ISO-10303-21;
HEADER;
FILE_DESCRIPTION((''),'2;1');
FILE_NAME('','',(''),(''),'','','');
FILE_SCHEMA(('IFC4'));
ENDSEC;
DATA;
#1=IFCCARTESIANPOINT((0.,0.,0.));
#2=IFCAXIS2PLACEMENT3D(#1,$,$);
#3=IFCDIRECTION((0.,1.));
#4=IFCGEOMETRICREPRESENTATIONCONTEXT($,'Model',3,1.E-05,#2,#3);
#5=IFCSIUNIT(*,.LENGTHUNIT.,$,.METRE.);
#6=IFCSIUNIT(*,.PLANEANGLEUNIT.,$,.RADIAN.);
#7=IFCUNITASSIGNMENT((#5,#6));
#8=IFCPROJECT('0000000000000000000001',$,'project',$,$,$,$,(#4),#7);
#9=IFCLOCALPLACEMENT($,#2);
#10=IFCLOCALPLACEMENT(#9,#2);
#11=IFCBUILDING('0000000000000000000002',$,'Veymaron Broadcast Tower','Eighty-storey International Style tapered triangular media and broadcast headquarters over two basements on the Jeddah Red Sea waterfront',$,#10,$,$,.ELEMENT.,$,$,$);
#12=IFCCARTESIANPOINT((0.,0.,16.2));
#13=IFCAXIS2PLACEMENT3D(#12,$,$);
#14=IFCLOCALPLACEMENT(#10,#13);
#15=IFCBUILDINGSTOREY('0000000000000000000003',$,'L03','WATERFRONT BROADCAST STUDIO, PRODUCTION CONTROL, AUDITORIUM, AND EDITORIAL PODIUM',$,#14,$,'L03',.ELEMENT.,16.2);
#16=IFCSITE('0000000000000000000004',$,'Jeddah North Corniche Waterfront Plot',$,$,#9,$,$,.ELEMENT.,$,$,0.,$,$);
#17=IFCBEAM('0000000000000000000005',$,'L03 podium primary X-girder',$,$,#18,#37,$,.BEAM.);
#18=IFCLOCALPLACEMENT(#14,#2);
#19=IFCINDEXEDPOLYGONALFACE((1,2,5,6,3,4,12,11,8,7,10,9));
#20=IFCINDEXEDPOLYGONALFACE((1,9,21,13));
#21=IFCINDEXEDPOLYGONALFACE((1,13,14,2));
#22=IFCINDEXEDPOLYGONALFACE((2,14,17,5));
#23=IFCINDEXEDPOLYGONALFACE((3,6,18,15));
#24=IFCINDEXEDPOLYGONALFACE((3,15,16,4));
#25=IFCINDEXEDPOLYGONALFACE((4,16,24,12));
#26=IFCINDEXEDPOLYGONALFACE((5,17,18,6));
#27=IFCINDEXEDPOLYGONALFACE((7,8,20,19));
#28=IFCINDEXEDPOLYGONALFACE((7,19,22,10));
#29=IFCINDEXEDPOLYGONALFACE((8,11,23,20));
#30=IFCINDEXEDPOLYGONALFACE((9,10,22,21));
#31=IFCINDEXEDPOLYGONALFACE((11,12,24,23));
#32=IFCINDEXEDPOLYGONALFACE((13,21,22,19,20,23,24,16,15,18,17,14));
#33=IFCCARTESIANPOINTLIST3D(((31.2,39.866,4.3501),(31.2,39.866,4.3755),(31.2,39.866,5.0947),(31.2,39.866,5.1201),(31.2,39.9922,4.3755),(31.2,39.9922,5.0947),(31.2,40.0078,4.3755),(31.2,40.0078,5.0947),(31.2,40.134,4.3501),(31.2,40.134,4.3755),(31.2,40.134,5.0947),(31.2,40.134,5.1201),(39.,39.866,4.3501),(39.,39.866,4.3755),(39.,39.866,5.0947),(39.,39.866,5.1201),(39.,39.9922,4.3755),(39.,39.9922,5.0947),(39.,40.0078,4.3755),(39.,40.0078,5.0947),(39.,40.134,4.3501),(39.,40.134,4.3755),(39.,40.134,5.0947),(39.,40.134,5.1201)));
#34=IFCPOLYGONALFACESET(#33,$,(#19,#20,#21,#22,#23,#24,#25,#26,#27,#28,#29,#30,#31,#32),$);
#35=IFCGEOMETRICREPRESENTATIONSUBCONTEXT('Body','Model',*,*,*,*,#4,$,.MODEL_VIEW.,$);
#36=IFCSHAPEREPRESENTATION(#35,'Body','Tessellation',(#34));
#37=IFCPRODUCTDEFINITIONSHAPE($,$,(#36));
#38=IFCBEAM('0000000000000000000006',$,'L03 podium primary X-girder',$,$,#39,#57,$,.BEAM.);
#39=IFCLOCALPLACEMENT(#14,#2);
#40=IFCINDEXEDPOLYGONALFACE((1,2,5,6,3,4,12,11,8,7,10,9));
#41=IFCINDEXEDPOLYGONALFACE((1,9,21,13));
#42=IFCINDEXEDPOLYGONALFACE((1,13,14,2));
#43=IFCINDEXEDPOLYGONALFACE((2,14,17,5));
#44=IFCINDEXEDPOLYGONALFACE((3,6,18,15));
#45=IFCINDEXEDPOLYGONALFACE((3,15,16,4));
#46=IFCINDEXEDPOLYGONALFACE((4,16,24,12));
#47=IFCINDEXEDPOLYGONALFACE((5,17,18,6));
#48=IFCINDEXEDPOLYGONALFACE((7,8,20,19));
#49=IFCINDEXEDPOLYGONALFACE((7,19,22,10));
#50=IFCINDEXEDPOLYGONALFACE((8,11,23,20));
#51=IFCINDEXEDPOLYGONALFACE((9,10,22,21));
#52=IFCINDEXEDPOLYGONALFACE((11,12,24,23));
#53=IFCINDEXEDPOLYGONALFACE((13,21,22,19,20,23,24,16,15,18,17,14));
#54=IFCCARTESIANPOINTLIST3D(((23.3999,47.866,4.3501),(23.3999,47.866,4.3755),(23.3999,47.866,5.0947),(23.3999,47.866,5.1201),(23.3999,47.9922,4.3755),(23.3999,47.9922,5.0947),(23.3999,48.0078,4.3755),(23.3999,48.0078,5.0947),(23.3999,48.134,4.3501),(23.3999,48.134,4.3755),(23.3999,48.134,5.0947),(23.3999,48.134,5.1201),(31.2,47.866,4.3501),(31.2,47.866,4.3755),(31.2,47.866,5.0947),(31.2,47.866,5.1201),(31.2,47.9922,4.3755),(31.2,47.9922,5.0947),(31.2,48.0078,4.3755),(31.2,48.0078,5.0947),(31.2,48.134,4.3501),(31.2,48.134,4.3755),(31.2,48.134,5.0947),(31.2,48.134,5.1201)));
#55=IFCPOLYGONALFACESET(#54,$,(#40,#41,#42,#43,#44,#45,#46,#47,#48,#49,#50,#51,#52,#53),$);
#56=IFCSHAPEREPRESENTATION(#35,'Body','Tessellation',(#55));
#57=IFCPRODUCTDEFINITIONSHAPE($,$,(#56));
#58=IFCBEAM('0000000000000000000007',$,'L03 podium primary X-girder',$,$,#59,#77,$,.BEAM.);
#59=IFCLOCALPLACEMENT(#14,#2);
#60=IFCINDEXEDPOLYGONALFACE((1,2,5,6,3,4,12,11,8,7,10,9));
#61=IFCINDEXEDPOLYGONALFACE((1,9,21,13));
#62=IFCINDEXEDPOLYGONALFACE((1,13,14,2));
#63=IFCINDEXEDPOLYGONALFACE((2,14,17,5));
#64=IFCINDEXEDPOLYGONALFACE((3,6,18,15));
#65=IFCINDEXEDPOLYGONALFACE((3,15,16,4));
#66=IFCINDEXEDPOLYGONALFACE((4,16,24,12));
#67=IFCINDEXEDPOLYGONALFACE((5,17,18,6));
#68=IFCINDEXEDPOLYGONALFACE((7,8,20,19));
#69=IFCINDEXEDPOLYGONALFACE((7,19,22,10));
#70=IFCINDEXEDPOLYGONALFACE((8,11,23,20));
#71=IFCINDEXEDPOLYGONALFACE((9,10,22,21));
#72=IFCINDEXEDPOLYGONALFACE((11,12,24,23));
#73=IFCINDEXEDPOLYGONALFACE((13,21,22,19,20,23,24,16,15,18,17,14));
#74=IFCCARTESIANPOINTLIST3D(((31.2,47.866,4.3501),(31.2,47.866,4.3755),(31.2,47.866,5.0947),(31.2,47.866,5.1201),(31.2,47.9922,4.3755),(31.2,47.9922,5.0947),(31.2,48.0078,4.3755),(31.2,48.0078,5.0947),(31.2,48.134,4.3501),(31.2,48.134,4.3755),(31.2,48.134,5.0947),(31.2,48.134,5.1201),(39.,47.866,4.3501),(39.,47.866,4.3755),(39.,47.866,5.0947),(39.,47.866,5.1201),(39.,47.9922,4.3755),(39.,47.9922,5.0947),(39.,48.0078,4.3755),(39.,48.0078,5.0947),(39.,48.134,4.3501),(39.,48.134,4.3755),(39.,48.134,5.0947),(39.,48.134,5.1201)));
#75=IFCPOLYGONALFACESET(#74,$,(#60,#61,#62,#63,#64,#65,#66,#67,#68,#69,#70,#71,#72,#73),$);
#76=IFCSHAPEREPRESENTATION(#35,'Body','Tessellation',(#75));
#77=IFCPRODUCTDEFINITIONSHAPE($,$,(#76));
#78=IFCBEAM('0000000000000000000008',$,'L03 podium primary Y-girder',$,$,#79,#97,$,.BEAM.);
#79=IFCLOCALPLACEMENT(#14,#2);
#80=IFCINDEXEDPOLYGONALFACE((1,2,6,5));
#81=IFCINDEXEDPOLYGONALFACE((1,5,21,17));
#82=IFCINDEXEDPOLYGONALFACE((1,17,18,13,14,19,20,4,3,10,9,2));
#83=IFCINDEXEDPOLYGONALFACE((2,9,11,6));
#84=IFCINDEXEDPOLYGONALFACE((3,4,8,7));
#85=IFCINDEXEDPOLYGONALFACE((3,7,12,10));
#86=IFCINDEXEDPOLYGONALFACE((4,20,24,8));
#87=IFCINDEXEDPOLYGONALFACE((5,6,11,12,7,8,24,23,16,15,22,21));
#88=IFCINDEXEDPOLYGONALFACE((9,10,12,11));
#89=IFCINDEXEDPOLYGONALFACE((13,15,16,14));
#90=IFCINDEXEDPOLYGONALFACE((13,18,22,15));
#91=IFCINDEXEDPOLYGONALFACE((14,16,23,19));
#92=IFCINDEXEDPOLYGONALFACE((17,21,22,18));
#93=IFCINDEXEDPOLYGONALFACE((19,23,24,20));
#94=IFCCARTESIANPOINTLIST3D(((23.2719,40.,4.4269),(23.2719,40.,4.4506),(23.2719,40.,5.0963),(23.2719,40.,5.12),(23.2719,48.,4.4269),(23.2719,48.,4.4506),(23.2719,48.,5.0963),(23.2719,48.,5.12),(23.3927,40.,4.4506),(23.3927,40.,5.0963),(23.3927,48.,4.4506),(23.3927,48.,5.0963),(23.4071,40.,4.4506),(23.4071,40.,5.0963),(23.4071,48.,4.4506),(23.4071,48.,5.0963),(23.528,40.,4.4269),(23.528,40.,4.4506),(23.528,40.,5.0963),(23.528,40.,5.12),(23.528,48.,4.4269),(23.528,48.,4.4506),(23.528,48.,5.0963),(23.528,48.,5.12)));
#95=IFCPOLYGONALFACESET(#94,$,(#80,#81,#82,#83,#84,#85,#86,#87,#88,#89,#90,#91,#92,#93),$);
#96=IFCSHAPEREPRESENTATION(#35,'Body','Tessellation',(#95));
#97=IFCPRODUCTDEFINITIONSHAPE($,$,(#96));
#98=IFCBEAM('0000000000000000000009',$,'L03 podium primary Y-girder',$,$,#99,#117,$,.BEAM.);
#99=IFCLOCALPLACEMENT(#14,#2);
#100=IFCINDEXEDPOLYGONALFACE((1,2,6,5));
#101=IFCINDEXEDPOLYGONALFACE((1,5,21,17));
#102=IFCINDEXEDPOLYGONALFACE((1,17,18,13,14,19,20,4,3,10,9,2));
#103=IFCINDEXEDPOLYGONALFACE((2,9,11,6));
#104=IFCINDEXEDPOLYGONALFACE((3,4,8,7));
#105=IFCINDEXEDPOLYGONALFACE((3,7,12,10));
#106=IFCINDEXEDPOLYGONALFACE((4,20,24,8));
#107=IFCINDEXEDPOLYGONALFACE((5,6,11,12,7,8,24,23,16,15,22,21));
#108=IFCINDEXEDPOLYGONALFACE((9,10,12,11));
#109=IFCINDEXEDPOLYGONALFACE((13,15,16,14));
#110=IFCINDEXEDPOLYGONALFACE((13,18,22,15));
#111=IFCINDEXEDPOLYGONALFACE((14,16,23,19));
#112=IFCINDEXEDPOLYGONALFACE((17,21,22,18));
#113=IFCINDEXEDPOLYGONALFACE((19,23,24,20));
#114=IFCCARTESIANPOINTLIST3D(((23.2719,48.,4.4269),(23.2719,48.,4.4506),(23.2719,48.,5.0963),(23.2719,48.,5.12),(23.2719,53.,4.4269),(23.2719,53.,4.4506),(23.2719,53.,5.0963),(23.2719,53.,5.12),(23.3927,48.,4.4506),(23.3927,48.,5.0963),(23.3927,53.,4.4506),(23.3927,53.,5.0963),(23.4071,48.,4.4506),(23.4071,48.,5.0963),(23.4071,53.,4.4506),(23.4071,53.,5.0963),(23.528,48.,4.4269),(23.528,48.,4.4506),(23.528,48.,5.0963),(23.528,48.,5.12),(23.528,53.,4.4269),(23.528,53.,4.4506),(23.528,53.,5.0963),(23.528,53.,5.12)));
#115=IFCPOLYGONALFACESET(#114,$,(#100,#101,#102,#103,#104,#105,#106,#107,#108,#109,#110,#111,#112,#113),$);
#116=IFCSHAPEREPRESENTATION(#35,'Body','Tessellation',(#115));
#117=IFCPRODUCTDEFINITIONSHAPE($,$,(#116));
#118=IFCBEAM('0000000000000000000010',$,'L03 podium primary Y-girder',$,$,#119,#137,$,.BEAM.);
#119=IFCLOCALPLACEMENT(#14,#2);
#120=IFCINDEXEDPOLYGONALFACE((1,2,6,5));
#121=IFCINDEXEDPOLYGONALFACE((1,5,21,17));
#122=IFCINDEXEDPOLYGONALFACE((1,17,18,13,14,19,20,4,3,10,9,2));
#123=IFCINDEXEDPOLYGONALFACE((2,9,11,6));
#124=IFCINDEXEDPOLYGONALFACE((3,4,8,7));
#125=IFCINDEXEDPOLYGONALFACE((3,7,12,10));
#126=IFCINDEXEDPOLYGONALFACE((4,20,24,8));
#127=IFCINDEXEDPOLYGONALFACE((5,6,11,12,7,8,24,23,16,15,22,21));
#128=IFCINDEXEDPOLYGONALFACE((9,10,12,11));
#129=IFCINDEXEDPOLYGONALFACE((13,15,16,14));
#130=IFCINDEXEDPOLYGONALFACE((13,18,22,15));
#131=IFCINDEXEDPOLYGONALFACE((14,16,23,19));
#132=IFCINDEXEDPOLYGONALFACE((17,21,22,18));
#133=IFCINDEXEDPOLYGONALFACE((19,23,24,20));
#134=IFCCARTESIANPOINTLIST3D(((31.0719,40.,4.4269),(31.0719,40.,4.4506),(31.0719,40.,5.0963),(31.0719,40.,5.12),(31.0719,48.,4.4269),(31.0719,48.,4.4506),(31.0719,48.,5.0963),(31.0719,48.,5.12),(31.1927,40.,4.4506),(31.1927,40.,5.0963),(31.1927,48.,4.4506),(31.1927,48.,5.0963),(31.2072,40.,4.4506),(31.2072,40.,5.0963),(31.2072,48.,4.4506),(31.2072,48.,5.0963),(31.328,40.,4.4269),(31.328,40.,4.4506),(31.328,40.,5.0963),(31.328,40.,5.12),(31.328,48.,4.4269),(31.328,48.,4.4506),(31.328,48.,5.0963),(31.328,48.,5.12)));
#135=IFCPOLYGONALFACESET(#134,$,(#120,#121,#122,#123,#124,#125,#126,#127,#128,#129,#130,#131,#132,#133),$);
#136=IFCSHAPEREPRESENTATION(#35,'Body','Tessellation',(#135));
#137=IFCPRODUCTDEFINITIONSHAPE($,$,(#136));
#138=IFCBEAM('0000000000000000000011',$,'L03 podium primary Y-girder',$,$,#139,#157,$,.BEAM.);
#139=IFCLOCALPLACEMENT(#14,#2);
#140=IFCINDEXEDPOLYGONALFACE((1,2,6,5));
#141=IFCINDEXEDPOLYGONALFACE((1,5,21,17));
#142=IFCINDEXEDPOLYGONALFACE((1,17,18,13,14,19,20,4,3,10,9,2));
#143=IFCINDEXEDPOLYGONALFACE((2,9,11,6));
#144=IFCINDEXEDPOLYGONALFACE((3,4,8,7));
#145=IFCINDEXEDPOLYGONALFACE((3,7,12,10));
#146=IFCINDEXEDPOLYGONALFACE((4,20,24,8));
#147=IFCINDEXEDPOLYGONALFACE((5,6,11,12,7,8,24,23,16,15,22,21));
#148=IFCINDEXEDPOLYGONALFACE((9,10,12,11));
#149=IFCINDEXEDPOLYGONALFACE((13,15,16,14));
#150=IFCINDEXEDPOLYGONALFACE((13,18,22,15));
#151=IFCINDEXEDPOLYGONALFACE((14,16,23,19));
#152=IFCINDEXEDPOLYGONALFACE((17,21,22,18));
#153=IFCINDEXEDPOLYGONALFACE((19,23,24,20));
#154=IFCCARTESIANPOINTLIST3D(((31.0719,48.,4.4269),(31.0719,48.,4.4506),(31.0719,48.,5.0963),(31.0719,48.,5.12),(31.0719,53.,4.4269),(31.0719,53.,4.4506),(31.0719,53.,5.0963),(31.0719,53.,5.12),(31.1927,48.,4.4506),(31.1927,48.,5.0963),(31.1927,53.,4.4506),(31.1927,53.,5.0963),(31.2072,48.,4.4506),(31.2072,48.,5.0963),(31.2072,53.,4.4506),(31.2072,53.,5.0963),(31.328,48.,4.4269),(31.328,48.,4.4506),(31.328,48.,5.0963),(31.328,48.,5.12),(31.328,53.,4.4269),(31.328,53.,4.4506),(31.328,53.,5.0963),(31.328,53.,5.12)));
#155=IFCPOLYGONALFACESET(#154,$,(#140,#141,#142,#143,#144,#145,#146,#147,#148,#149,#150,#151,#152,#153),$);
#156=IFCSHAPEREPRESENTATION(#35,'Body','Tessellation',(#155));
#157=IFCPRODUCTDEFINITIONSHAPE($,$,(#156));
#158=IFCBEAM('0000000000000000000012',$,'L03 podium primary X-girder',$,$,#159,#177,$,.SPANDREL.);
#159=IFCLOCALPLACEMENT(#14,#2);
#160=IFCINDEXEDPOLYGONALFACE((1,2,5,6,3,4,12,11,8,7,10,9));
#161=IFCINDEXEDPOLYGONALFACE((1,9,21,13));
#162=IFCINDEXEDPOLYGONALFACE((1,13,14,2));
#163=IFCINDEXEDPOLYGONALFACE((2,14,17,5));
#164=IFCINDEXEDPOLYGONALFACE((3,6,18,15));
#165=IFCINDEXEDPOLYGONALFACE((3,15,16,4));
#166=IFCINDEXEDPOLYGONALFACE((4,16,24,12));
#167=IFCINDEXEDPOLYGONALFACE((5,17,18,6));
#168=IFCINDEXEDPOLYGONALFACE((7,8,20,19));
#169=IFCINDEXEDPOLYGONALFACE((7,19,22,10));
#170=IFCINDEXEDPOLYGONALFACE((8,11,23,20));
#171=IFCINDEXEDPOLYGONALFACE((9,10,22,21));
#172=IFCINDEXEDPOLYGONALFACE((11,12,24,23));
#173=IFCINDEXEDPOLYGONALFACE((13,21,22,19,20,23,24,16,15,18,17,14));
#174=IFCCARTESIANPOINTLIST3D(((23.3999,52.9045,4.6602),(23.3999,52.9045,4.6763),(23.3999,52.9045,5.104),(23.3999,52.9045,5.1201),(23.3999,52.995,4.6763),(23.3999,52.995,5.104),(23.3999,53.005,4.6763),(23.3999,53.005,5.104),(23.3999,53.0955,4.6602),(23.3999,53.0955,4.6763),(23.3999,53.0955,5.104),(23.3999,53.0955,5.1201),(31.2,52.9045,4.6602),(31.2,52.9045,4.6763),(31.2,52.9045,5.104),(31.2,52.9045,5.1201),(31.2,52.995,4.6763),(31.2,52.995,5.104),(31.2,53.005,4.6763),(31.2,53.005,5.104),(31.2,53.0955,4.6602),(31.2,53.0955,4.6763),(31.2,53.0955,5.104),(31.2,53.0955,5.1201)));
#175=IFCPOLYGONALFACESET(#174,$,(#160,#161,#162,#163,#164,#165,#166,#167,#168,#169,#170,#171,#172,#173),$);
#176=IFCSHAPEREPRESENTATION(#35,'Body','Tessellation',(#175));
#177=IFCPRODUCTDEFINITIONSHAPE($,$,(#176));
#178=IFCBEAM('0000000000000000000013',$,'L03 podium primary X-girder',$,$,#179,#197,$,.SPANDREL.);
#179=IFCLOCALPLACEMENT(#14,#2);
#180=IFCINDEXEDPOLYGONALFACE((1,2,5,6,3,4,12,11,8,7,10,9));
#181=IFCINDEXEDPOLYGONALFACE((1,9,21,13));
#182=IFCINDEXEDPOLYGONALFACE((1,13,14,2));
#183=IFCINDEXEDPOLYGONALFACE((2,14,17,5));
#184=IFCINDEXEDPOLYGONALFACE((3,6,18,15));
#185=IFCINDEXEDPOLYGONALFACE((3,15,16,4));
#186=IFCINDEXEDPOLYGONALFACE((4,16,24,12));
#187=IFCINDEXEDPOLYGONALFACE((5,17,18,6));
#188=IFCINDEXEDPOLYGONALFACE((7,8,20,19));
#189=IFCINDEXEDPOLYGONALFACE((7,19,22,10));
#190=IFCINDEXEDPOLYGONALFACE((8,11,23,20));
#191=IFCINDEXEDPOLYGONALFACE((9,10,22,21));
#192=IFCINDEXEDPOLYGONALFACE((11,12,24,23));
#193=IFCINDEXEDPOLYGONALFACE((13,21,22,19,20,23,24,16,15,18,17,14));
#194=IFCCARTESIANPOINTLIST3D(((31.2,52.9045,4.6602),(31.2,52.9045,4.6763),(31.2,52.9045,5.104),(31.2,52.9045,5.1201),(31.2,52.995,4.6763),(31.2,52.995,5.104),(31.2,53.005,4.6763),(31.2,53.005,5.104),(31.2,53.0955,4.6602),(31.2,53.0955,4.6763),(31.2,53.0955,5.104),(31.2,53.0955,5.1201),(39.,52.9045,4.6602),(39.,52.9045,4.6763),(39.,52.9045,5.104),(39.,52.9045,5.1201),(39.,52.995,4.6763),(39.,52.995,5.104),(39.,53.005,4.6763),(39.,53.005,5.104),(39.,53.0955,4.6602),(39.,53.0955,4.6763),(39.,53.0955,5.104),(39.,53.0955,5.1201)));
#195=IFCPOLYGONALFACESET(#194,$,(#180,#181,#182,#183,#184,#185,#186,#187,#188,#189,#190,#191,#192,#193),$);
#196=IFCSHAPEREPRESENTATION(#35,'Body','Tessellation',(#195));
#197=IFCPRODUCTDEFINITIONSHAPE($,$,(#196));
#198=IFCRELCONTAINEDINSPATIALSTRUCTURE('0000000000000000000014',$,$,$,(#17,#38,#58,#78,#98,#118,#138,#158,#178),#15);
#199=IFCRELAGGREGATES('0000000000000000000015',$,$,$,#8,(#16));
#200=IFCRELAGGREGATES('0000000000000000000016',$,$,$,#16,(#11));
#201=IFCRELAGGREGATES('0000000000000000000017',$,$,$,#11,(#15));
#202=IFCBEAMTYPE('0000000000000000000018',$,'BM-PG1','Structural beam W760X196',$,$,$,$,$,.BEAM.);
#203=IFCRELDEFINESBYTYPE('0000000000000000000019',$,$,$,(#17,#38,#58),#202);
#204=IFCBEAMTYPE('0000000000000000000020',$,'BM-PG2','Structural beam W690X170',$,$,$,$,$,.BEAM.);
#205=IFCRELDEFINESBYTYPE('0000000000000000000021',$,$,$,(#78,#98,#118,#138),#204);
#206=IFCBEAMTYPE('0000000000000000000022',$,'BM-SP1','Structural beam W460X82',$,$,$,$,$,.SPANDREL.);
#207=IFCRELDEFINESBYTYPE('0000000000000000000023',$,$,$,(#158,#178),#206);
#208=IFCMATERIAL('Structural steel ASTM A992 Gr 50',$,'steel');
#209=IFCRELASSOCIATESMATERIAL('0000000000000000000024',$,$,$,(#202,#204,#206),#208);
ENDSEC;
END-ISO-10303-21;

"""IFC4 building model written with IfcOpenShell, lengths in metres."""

from ifc_helpers import new_model, si_unit, direction, frame, origin, origin_2d, place, context, subcontext, project, spatial, i_section, extrude, material, material_profile, profile_set, type_object, element, save


model = new_model("IFC4")

# Units and contexts
model_context = context("Model", 3, precision=1e-05, world=origin(), true_north=direction((0.0, 1.0)))
body_context = subcontext(model_context, "Body", "Model", "MODEL_VIEW")
ifc_project = project(units=[si_unit("LENGTHUNIT", "METRE"), si_unit("PLANEANGLEUNIT", "RADIAN")], contexts=[model_context])

# Site, building, storey
site_placement = place(None, origin())
site = spatial("IfcSite", under=ifc_project, at=site_placement, Name="Jeddah North Corniche Waterfront Plot", CompositionType="ELEMENT", RefElevation=0.0)
building_placement = place(site_placement, origin())
building = spatial("IfcBuilding", under=site, at=building_placement, Name="Veymaron Broadcast Tower", Description="Eighty-storey International Style tapered triangular media and broadcast headquarters over two basements on the Jeddah Red Sea waterfront", CompositionType="ELEMENT")
storey_placement = place(building_placement, frame((0.0, 0.0, 16.2)))
storey = spatial("IfcBuildingStorey", under=building, at=storey_placement, Name="L03", Description="WATERFRONT BROADCAST STUDIO, PRODUCTION CONTROL, AUDITORIUM, AND EDITORIAL PODIUM", LongName="L03", CompositionType="ELEMENT", Elevation=16.2)

# Beams
ifc_material_1 = material(Name="Structural steel ASTM A992 Gr 50", Category="steel")
ifc_material_profile_1 = material_profile(ifc_material_1, i_section(OverallWidth=0.2681, OverallDepth=0.77, WebThickness=0.0156, FlangeThickness=0.0254, at=origin_2d()), Name="W760X196")
ifc_profile_set_1 = profile_set([ifc_material_profile_1], Name="Structural steel ASTM A992 Gr 50")
beam_type_1 = type_object("IfcBeamType", Name="BM-PG1", Description="Structural beam W760X196", PredefinedType="BEAM", material=ifc_profile_set_1)
for number, where, z_axis, x_axis, name in (
    (1, (31.2, 40.0, 4.7351), (1.0, 0.0, 0.0), (0.0, 1.0, 0.0), "L03 podium primary X-girder"),
    (2, (23.3999, 48.0, 4.7351), (1.0, 0.0, 0.0), (0.0, 1.0, 0.0), "L03 podium primary X-girder"),
    (3, (31.2, 48.0, 4.7351), (1.0, 0.0, 0.0), (0.0, 1.0, 0.0), "L03 podium primary X-girder"),
):
    element("IfcBeam", number, at=place(storey_placement, frame(where, z_axis=z_axis, x_axis=x_axis)), inside=storey, type_object=beam_type_1, Name=name, PredefinedType="BEAM", context=body_context, shape_type="SweptSolid", body=[
        extrude(i_section(OverallWidth=0.2681, OverallDepth=0.77, WebThickness=0.0156, FlangeThickness=0.0254, at=origin_2d()), origin(), (0.0, 0.0, 1.0), 7.8),
    ])
ifc_material_profile_2 = material_profile(ifc_material_1, i_section(OverallWidth=0.2561, OverallDepth=0.6931, WebThickness=0.0144, FlangeThickness=0.0237, at=origin_2d()), Name="W690X170")
ifc_profile_set_2 = profile_set([ifc_material_profile_2], Name="Structural steel ASTM A992 Gr 50")
beam_type_2 = type_object("IfcBeamType", Name="BM-PG2", Description="Structural beam W690X170", PredefinedType="BEAM", material=ifc_profile_set_2)
beam_1_placement = place(storey_placement, frame((23.3999, 40.0, 4.7734), z_axis=(0.0, 1.0, 0.0), x_axis=(-1.0, 0.0, 0.0)))
element("IfcBeam", 4, at=beam_1_placement, inside=storey, type_object=beam_type_2, Name="L03 podium primary Y-girder", PredefinedType="BEAM", context=body_context, shape_type="SweptSolid", body=[
    extrude(i_section(OverallWidth=0.2561, OverallDepth=0.6931, WebThickness=0.0144, FlangeThickness=0.0237, at=origin_2d()), origin(), (0.0, 0.0, 1.0), 8.0),
])
beam_2_placement = place(storey_placement, frame((23.3999, 48.0, 4.7734), z_axis=(0.0, 1.0, 0.0), x_axis=(-1.0, 0.0, 0.0)))
element("IfcBeam", 5, at=beam_2_placement, inside=storey, type_object=beam_type_2, Name="L03 podium primary Y-girder", PredefinedType="BEAM", context=body_context, shape_type="SweptSolid", body=[
    extrude(i_section(OverallWidth=0.2561, OverallDepth=0.6931, WebThickness=0.0144, FlangeThickness=0.0237, at=origin_2d()), origin(), (0.0, 0.0, 1.0), 5.0),
])
beam_3_placement = place(storey_placement, frame((31.2, 40.0, 4.7734), z_axis=(0.0, 1.0, 0.0), x_axis=(-1.0, 0.0, 0.0)))
element("IfcBeam", 6, at=beam_3_placement, inside=storey, type_object=beam_type_2, Name="L03 podium primary Y-girder", PredefinedType="BEAM", context=body_context, shape_type="SweptSolid", body=[
    extrude(i_section(OverallWidth=0.2561, OverallDepth=0.6931, WebThickness=0.0144, FlangeThickness=0.0237, at=origin_2d()), origin(), (0.0, 0.0, 1.0), 8.0),
])
beam_4_placement = place(storey_placement, frame((31.2, 48.0, 4.7734), z_axis=(0.0, 1.0, 0.0), x_axis=(-1.0, 0.0, 0.0)))
element("IfcBeam", 7, at=beam_4_placement, inside=storey, type_object=beam_type_2, Name="L03 podium primary Y-girder", PredefinedType="BEAM", context=body_context, shape_type="SweptSolid", body=[
    extrude(i_section(OverallWidth=0.2561, OverallDepth=0.6931, WebThickness=0.0144, FlangeThickness=0.0237, at=origin_2d()), origin(), (0.0, 0.0, 1.0), 5.0),
])
ifc_material_profile_3 = material_profile(ifc_material_1, i_section(OverallWidth=0.1909, OverallDepth=0.46, WebThickness=0.01, FlangeThickness=0.0161, at=origin_2d()), Name="W460X82")
ifc_profile_set_3 = profile_set([ifc_material_profile_3], Name="Structural steel ASTM A992 Gr 50")
beam_type_3 = type_object("IfcBeamType", Name="BM-SP1", Description="Structural beam W460X82", PredefinedType="SPANDREL", material=ifc_profile_set_3)
for number, where, z_axis, x_axis, name in (
    (8, (23.3999, 53.0, 4.8901), (1.0, 0.0, 0.0), (0.0, 1.0, 0.0), "L03 podium primary X-girder"),
    (9, (31.2, 53.0, 4.8901), (1.0, 0.0, 0.0), (0.0, 1.0, 0.0), "L03 podium primary X-girder"),
):
    element("IfcBeam", number, at=place(storey_placement, frame(where, z_axis=z_axis, x_axis=x_axis)), inside=storey, type_object=beam_type_3, Name=name, PredefinedType="SPANDREL", context=body_context, shape_type="SweptSolid", body=[
        extrude(i_section(OverallWidth=0.1909, OverallDepth=0.46, WebThickness=0.01, FlangeThickness=0.0161, at=origin_2d()), origin(), (0.0, 0.0, 1.0), 7.8),
    ])

save(model, "model.ifc")
